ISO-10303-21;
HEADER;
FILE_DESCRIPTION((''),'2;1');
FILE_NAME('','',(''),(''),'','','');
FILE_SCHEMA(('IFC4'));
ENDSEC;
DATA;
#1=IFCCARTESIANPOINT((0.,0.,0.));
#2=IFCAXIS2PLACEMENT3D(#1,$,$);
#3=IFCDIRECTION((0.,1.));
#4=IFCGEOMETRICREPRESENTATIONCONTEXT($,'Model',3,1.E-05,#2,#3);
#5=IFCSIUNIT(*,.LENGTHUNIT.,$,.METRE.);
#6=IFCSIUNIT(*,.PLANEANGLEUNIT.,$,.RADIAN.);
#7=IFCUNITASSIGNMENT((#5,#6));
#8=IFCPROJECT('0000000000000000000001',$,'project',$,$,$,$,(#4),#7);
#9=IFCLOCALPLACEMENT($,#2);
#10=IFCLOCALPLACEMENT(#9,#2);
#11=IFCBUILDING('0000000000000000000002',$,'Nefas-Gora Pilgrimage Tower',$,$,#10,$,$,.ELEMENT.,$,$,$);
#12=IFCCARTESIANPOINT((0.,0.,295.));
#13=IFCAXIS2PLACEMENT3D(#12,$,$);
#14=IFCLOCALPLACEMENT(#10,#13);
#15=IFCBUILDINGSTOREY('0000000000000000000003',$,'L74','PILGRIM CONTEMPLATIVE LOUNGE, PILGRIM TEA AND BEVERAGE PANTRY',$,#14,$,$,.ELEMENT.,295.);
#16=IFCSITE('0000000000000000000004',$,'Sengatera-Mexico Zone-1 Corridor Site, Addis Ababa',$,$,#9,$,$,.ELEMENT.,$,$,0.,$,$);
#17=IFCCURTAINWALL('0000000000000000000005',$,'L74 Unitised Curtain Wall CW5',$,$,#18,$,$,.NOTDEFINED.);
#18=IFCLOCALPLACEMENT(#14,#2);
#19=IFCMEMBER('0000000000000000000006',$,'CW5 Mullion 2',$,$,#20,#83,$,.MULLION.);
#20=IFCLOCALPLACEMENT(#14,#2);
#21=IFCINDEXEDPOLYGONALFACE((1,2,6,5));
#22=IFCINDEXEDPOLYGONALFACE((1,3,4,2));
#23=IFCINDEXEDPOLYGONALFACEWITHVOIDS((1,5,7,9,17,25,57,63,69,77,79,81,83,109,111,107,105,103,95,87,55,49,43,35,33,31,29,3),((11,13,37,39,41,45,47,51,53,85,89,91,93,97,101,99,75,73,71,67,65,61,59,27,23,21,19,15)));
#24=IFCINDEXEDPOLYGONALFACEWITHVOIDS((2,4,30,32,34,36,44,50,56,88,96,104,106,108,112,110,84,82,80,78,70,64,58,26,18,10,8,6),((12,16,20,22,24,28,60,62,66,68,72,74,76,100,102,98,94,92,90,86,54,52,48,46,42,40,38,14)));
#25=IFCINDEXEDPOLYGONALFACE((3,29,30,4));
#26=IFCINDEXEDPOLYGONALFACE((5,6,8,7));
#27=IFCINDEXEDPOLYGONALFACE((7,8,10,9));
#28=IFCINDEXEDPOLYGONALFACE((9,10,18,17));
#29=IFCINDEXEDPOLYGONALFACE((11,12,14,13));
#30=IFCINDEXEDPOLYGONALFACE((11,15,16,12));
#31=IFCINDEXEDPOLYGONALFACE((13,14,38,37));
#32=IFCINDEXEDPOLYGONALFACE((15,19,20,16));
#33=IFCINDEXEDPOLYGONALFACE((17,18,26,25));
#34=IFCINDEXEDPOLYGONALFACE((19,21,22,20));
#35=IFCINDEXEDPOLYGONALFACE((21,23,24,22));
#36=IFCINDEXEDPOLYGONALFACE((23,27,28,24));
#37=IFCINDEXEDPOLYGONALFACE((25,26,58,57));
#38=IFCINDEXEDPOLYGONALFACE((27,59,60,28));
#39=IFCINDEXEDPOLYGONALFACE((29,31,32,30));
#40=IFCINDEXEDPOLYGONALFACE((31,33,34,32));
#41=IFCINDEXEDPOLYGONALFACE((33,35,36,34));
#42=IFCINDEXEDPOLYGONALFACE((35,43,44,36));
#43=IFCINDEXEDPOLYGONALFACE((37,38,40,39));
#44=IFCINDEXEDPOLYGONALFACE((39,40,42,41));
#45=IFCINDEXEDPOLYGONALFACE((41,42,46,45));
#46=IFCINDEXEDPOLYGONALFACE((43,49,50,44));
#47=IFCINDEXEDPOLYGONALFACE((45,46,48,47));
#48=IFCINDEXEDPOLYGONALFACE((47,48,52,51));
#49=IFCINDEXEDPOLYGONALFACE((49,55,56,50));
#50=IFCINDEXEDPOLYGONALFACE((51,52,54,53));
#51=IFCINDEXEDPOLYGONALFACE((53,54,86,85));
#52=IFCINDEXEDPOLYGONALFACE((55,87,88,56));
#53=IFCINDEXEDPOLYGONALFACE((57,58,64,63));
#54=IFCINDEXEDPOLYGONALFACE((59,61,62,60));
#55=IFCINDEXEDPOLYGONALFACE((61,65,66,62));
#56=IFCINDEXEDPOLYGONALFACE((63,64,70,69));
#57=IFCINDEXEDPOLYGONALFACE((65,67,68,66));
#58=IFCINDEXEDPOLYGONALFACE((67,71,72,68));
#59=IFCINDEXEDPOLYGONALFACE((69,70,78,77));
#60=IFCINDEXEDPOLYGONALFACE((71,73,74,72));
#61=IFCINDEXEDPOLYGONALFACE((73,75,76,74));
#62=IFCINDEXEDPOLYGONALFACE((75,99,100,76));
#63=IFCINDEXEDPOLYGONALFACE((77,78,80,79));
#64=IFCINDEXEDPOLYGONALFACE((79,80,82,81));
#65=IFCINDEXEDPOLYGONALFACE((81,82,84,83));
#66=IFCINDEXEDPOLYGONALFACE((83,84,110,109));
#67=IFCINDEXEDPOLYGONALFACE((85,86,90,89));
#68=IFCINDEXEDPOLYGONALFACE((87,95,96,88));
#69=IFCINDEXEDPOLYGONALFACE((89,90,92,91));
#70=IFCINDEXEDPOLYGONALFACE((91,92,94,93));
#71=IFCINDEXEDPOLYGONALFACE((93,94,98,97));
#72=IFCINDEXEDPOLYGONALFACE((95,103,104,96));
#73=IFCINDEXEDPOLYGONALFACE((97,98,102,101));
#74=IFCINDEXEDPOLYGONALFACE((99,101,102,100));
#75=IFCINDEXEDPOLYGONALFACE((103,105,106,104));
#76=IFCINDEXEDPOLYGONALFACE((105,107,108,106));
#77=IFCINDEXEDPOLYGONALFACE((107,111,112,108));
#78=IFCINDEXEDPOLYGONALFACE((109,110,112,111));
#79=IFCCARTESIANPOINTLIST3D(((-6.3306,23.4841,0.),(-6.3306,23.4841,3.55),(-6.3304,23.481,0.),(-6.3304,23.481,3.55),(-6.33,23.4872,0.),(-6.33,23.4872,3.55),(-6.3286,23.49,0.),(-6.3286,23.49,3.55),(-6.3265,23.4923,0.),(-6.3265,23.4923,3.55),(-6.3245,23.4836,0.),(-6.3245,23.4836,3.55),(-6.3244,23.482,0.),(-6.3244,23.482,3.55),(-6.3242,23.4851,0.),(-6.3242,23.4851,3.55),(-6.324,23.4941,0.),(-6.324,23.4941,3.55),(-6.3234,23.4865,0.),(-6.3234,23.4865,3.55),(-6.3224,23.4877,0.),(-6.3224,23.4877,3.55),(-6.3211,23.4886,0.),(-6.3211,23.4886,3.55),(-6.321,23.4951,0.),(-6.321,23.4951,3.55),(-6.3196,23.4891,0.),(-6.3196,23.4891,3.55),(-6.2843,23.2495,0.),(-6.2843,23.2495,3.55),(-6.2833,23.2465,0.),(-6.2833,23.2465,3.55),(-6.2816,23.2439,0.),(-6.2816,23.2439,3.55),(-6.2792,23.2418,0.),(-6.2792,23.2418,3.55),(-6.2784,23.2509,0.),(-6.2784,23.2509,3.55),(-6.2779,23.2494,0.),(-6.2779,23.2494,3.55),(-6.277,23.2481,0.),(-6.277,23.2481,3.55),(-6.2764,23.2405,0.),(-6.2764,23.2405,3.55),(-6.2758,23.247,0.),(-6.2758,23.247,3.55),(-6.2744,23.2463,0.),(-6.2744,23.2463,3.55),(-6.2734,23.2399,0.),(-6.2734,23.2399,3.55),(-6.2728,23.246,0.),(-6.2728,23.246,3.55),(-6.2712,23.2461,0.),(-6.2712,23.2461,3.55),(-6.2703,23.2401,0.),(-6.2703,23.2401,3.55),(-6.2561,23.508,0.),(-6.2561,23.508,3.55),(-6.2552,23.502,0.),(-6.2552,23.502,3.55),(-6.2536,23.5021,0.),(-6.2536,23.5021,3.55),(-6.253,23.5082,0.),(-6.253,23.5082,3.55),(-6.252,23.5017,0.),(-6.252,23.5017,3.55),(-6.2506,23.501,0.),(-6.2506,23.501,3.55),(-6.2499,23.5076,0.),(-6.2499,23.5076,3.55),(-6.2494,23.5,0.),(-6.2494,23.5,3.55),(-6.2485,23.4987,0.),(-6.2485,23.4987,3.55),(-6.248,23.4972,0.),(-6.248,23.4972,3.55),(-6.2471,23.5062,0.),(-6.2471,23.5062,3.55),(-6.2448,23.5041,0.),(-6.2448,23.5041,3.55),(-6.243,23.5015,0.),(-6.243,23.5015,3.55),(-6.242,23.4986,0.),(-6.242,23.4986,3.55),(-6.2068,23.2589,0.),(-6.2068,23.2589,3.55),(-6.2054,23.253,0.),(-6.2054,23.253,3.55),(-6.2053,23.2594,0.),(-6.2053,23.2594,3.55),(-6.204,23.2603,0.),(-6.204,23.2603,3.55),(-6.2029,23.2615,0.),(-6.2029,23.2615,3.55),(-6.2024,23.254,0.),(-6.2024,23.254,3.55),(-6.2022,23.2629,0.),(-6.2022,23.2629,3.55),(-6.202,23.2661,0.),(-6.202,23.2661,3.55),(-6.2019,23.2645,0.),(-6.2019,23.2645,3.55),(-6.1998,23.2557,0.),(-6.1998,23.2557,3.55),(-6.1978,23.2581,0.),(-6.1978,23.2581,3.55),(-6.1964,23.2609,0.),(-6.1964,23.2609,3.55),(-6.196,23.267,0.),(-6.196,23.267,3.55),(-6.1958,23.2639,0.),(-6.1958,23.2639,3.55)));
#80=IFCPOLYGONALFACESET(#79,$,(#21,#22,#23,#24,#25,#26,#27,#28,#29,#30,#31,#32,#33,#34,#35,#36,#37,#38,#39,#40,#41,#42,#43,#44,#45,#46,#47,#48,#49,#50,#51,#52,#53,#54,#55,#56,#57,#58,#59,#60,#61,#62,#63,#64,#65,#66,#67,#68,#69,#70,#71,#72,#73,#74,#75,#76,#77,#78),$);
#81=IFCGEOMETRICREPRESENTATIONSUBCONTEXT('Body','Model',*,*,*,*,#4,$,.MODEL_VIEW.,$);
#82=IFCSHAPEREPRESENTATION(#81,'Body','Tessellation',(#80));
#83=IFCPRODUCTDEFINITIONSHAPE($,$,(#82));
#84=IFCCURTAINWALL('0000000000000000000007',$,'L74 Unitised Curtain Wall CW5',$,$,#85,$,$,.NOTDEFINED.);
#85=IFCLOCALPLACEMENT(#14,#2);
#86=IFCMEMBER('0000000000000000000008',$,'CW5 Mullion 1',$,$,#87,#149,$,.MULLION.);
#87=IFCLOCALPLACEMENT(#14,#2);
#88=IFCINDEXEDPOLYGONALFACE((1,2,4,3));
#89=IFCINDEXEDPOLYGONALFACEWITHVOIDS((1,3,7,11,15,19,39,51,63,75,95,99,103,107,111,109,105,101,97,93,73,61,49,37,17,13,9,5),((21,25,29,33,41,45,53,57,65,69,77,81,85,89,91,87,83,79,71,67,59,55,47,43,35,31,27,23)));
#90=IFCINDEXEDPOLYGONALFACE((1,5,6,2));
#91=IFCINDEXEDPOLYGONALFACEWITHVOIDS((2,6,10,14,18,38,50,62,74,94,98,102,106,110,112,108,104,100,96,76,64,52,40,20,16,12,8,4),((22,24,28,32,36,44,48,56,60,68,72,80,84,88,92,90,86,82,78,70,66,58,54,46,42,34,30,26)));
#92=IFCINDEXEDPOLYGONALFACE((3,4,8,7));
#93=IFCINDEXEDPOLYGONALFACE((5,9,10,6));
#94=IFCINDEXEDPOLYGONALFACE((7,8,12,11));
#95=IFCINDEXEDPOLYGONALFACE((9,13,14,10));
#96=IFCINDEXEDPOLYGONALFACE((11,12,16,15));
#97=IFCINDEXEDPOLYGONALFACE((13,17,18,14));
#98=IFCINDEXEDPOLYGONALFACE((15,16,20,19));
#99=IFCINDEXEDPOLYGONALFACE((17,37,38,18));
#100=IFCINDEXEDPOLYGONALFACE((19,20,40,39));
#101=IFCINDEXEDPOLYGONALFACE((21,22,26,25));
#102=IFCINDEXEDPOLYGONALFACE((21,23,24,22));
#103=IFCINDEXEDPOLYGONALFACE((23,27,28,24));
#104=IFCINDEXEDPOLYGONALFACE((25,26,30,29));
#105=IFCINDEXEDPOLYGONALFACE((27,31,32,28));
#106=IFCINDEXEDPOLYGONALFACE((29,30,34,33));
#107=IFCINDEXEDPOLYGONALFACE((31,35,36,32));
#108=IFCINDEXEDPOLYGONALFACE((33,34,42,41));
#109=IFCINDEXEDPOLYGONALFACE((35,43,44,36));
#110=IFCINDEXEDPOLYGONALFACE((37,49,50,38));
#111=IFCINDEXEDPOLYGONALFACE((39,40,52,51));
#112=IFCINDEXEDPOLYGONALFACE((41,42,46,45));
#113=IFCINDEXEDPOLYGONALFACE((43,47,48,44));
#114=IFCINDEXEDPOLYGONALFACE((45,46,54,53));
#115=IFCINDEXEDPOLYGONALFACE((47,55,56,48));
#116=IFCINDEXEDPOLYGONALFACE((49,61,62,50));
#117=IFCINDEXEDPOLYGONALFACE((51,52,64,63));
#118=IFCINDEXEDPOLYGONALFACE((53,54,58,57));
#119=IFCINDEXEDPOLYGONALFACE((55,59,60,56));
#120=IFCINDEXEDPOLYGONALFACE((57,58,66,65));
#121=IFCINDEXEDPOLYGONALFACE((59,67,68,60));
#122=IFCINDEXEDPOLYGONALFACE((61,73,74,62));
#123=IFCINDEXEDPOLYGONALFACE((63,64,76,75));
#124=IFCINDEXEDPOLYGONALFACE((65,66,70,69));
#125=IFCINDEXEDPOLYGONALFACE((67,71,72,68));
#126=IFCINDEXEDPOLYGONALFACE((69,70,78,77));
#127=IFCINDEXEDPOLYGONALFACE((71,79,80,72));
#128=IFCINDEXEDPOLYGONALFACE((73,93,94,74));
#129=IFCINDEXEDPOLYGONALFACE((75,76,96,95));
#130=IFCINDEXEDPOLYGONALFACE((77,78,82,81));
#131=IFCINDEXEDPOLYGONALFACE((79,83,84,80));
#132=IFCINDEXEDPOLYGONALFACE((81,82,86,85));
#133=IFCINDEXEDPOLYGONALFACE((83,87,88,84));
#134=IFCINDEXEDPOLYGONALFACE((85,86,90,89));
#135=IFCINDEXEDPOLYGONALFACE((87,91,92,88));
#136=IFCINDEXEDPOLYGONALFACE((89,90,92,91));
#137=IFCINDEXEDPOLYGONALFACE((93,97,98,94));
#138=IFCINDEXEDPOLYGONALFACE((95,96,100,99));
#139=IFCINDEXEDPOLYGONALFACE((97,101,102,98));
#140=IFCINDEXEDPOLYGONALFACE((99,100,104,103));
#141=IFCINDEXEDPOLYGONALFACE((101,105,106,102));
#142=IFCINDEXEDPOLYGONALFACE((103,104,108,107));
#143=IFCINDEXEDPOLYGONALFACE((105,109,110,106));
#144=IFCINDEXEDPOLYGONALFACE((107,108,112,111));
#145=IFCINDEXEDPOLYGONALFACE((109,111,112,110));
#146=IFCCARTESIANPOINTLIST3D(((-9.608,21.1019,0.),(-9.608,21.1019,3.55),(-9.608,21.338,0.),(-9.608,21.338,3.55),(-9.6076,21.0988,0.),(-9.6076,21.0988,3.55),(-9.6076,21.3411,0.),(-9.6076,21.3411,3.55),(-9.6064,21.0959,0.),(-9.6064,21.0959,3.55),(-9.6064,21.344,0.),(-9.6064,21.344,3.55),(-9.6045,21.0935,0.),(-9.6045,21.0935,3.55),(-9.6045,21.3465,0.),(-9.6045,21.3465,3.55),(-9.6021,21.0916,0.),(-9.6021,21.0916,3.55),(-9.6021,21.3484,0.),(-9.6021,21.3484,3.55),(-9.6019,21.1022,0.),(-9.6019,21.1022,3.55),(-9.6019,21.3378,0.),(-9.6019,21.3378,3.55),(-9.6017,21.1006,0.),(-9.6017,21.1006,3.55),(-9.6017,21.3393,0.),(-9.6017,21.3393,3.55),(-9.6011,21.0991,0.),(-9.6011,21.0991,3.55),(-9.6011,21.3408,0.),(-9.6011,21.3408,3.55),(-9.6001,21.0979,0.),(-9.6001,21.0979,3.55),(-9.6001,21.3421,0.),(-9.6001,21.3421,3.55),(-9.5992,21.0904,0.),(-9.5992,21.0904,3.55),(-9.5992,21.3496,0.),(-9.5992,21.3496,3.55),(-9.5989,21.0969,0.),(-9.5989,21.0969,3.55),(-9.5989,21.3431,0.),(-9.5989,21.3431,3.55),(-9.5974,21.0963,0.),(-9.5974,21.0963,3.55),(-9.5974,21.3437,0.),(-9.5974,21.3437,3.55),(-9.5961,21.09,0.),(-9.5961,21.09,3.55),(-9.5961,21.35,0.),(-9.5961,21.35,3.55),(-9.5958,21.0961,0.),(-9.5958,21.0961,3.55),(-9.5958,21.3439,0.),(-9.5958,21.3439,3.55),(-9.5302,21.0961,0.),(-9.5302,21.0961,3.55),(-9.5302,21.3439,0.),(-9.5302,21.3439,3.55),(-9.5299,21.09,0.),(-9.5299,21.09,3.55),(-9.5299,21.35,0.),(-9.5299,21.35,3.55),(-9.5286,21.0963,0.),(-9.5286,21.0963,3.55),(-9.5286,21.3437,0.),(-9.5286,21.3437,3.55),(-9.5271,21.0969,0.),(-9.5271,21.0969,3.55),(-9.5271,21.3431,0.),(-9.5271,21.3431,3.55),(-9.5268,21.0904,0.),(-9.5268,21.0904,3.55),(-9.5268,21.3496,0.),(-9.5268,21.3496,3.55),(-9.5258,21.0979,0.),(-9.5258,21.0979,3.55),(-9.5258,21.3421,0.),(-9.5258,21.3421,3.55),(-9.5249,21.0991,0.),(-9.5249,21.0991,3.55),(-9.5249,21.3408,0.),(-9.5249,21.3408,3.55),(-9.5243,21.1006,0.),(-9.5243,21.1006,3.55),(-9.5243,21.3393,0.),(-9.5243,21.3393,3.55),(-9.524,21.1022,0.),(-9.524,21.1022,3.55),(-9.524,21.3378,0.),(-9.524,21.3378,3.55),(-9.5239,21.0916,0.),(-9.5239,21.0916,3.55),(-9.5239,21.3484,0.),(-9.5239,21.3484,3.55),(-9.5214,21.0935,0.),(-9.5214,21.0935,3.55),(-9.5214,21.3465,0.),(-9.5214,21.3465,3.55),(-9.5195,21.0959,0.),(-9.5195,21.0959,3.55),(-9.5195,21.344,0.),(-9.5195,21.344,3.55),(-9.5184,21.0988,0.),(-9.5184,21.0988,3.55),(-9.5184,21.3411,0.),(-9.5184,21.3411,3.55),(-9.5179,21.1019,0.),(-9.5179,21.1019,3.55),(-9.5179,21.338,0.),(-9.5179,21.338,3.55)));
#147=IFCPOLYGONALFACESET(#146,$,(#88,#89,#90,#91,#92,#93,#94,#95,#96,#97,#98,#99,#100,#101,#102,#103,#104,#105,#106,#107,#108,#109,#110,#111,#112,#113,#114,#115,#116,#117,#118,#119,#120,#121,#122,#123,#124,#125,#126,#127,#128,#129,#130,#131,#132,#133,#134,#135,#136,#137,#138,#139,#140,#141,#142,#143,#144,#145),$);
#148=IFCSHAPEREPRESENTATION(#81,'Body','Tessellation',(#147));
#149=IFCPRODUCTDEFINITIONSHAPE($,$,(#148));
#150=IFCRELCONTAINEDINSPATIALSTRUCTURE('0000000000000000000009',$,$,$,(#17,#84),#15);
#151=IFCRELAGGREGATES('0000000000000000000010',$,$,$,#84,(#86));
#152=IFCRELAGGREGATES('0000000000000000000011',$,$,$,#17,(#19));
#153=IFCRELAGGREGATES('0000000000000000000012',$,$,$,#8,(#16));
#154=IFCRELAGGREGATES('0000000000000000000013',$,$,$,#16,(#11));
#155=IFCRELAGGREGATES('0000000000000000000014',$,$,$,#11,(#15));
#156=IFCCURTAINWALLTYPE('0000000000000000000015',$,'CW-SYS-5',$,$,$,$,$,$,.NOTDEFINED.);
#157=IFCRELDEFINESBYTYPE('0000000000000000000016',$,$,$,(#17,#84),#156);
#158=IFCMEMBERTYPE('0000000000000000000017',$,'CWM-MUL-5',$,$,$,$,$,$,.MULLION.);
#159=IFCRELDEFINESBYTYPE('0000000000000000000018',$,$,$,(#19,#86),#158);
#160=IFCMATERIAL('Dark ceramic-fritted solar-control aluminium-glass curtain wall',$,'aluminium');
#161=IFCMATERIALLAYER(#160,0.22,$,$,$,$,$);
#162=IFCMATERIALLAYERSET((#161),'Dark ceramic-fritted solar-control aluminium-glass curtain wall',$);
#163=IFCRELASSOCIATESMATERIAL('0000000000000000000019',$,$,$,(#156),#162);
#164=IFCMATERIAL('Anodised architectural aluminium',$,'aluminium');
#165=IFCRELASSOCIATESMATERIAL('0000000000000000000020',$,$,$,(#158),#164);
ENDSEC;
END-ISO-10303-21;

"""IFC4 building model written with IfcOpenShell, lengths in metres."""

from ifc_helpers import new_model, si_unit, direction, frame, origin, origin_2d, place, context, subcontext, project, spatial, hollow_rectangle, extrude, source, transform, mapped, material, layer, layer_set, material_profile, profile_set, type_object, element, aggregate, save


model = new_model("IFC4")

# Units and contexts
model_context = context("Model", 3, precision=1e-05, world=origin(), true_north=direction((0.0, 1.0)))
body_context = subcontext(model_context, "Body", "Model", "MODEL_VIEW")
ifc_project = project(units=[si_unit("LENGTHUNIT", "METRE"), si_unit("PLANEANGLEUNIT", "RADIAN")], contexts=[model_context])

# Site, building, storey
site_placement = place(None, origin())
site = spatial("IfcSite", under=ifc_project, at=site_placement, Name="Sengatera-Mexico Zone-1 Corridor Site, Addis Ababa", CompositionType="ELEMENT", RefElevation=0.0)
building_placement = place(site_placement, origin())
building = spatial("IfcBuilding", under=site, at=building_placement, Name="Nefas-Gora Pilgrimage Tower", CompositionType="ELEMENT")
storey_placement = place(building_placement, frame((0.0, 0.0, 295.0)))
storey = spatial("IfcBuildingStorey", under=building, at=storey_placement, Name="L74", Description="PILGRIM CONTEMPLATIVE LOUNGE, PILGRIM TEA AND BEVERAGE PANTRY", CompositionType="ELEMENT", Elevation=295.0)

# Curtain walls, members
ifc_material_1 = material(Name="Dark ceramic-fritted solar-control aluminium-glass curtain wall", Category="aluminium")
ifc_layer_1 = layer(ifc_material_1, 0.22)
ifc_layer_set_1 = layer_set([ifc_layer_1], Name="Dark ceramic-fritted solar-control aluminium-glass curtain wall")
curtain_wall_type = type_object("IfcCurtainWallType", Name="CW-SYS-5", PredefinedType="NOTDEFINED", material=ifc_layer_set_1)
curtain_wall_1_placement = place(storey_placement, origin())
curtain_wall_1 = element("IfcCurtainWall", 1, at=curtain_wall_1_placement, inside=storey, type_object=curtain_wall_type, Name="L74 Unitised Curtain Wall CW5", PredefinedType="NOTDEFINED")
ifc_material_2 = material(Name="Anodised architectural aluminium", Category="aluminium")
ifc_material_profile_1 = material_profile(ifc_material_2, hollow_rectangle(XDim=0.0901, YDim=0.26, WallThickness=0.0061, InnerFilletRadius=0.0061, OuterFilletRadius=0.012, at=origin_2d()), Name="ALU MULLION 90x260")
ifc_profile_set_1 = profile_set([ifc_material_profile_1], Name="Anodised architectural aluminium")
member_type_1 = type_object("IfcMemberType", Name="CWM-MUL-5", PredefinedType="MULLION", material=ifc_profile_set_1)
shared_shape_1 = source(origin(), body_context, "Body", "SweptSolid", [
    extrude(hollow_rectangle(XDim=0.0901, YDim=0.26, WallThickness=0.0061, InnerFilletRadius=0.0061, OuterFilletRadius=0.012, at=origin_2d()), origin(), (0.0, 0.0, 1.0), 3.55),
])
member_1_placement = place(storey_placement, frame((-6.2632, 23.374, 0.0), z_axis=(0.0, 0.0, 1.0), x_axis=(-0.980783, -0.195102, 0.0)))
member_1 = element("IfcMember", 2, at=member_1_placement, type_object=member_type_1, Name="CW5 Mullion 2", PredefinedType="MULLION", context=body_context, shape_type="MappedRepresentation", body=[
    mapped(shared_shape_1, transform((0.0, 0.0, 0.0), x_axis=(1.0, 0.0, 0.0), y_axis=(0.0, 1.0, 0.0), z_axis=(0.0, 0.0, 1.0), scale=1.0)),
])
curtain_wall_2_placement = place(storey_placement, origin())
curtain_wall_2 = element("IfcCurtainWall", 3, at=curtain_wall_2_placement, inside=storey, type_object=curtain_wall_type, Name="L74 Unitised Curtain Wall CW5", PredefinedType="NOTDEFINED")
member_2_placement = place(storey_placement, frame((-9.563, 21.22, 0.0), z_axis=(0.0, 0.0, 1.0), x_axis=(-1.0, 0.0, 0.0)))
member_2 = element("IfcMember", 4, at=member_2_placement, type_object=member_type_1, Name="CW5 Mullion 1", PredefinedType="MULLION", context=body_context, shape_type="MappedRepresentation", body=[
    mapped(shared_shape_1, transform((0.0, 0.0, 0.0), x_axis=(1.0, 0.0, 0.0), y_axis=(0.0, 1.0, 0.0), z_axis=(0.0, 0.0, 1.0), scale=1.0)),
])
aggregate(curtain_wall_2, [member_2])

aggregate(curtain_wall_1, [member_1])

save(model, "model.ifc")
